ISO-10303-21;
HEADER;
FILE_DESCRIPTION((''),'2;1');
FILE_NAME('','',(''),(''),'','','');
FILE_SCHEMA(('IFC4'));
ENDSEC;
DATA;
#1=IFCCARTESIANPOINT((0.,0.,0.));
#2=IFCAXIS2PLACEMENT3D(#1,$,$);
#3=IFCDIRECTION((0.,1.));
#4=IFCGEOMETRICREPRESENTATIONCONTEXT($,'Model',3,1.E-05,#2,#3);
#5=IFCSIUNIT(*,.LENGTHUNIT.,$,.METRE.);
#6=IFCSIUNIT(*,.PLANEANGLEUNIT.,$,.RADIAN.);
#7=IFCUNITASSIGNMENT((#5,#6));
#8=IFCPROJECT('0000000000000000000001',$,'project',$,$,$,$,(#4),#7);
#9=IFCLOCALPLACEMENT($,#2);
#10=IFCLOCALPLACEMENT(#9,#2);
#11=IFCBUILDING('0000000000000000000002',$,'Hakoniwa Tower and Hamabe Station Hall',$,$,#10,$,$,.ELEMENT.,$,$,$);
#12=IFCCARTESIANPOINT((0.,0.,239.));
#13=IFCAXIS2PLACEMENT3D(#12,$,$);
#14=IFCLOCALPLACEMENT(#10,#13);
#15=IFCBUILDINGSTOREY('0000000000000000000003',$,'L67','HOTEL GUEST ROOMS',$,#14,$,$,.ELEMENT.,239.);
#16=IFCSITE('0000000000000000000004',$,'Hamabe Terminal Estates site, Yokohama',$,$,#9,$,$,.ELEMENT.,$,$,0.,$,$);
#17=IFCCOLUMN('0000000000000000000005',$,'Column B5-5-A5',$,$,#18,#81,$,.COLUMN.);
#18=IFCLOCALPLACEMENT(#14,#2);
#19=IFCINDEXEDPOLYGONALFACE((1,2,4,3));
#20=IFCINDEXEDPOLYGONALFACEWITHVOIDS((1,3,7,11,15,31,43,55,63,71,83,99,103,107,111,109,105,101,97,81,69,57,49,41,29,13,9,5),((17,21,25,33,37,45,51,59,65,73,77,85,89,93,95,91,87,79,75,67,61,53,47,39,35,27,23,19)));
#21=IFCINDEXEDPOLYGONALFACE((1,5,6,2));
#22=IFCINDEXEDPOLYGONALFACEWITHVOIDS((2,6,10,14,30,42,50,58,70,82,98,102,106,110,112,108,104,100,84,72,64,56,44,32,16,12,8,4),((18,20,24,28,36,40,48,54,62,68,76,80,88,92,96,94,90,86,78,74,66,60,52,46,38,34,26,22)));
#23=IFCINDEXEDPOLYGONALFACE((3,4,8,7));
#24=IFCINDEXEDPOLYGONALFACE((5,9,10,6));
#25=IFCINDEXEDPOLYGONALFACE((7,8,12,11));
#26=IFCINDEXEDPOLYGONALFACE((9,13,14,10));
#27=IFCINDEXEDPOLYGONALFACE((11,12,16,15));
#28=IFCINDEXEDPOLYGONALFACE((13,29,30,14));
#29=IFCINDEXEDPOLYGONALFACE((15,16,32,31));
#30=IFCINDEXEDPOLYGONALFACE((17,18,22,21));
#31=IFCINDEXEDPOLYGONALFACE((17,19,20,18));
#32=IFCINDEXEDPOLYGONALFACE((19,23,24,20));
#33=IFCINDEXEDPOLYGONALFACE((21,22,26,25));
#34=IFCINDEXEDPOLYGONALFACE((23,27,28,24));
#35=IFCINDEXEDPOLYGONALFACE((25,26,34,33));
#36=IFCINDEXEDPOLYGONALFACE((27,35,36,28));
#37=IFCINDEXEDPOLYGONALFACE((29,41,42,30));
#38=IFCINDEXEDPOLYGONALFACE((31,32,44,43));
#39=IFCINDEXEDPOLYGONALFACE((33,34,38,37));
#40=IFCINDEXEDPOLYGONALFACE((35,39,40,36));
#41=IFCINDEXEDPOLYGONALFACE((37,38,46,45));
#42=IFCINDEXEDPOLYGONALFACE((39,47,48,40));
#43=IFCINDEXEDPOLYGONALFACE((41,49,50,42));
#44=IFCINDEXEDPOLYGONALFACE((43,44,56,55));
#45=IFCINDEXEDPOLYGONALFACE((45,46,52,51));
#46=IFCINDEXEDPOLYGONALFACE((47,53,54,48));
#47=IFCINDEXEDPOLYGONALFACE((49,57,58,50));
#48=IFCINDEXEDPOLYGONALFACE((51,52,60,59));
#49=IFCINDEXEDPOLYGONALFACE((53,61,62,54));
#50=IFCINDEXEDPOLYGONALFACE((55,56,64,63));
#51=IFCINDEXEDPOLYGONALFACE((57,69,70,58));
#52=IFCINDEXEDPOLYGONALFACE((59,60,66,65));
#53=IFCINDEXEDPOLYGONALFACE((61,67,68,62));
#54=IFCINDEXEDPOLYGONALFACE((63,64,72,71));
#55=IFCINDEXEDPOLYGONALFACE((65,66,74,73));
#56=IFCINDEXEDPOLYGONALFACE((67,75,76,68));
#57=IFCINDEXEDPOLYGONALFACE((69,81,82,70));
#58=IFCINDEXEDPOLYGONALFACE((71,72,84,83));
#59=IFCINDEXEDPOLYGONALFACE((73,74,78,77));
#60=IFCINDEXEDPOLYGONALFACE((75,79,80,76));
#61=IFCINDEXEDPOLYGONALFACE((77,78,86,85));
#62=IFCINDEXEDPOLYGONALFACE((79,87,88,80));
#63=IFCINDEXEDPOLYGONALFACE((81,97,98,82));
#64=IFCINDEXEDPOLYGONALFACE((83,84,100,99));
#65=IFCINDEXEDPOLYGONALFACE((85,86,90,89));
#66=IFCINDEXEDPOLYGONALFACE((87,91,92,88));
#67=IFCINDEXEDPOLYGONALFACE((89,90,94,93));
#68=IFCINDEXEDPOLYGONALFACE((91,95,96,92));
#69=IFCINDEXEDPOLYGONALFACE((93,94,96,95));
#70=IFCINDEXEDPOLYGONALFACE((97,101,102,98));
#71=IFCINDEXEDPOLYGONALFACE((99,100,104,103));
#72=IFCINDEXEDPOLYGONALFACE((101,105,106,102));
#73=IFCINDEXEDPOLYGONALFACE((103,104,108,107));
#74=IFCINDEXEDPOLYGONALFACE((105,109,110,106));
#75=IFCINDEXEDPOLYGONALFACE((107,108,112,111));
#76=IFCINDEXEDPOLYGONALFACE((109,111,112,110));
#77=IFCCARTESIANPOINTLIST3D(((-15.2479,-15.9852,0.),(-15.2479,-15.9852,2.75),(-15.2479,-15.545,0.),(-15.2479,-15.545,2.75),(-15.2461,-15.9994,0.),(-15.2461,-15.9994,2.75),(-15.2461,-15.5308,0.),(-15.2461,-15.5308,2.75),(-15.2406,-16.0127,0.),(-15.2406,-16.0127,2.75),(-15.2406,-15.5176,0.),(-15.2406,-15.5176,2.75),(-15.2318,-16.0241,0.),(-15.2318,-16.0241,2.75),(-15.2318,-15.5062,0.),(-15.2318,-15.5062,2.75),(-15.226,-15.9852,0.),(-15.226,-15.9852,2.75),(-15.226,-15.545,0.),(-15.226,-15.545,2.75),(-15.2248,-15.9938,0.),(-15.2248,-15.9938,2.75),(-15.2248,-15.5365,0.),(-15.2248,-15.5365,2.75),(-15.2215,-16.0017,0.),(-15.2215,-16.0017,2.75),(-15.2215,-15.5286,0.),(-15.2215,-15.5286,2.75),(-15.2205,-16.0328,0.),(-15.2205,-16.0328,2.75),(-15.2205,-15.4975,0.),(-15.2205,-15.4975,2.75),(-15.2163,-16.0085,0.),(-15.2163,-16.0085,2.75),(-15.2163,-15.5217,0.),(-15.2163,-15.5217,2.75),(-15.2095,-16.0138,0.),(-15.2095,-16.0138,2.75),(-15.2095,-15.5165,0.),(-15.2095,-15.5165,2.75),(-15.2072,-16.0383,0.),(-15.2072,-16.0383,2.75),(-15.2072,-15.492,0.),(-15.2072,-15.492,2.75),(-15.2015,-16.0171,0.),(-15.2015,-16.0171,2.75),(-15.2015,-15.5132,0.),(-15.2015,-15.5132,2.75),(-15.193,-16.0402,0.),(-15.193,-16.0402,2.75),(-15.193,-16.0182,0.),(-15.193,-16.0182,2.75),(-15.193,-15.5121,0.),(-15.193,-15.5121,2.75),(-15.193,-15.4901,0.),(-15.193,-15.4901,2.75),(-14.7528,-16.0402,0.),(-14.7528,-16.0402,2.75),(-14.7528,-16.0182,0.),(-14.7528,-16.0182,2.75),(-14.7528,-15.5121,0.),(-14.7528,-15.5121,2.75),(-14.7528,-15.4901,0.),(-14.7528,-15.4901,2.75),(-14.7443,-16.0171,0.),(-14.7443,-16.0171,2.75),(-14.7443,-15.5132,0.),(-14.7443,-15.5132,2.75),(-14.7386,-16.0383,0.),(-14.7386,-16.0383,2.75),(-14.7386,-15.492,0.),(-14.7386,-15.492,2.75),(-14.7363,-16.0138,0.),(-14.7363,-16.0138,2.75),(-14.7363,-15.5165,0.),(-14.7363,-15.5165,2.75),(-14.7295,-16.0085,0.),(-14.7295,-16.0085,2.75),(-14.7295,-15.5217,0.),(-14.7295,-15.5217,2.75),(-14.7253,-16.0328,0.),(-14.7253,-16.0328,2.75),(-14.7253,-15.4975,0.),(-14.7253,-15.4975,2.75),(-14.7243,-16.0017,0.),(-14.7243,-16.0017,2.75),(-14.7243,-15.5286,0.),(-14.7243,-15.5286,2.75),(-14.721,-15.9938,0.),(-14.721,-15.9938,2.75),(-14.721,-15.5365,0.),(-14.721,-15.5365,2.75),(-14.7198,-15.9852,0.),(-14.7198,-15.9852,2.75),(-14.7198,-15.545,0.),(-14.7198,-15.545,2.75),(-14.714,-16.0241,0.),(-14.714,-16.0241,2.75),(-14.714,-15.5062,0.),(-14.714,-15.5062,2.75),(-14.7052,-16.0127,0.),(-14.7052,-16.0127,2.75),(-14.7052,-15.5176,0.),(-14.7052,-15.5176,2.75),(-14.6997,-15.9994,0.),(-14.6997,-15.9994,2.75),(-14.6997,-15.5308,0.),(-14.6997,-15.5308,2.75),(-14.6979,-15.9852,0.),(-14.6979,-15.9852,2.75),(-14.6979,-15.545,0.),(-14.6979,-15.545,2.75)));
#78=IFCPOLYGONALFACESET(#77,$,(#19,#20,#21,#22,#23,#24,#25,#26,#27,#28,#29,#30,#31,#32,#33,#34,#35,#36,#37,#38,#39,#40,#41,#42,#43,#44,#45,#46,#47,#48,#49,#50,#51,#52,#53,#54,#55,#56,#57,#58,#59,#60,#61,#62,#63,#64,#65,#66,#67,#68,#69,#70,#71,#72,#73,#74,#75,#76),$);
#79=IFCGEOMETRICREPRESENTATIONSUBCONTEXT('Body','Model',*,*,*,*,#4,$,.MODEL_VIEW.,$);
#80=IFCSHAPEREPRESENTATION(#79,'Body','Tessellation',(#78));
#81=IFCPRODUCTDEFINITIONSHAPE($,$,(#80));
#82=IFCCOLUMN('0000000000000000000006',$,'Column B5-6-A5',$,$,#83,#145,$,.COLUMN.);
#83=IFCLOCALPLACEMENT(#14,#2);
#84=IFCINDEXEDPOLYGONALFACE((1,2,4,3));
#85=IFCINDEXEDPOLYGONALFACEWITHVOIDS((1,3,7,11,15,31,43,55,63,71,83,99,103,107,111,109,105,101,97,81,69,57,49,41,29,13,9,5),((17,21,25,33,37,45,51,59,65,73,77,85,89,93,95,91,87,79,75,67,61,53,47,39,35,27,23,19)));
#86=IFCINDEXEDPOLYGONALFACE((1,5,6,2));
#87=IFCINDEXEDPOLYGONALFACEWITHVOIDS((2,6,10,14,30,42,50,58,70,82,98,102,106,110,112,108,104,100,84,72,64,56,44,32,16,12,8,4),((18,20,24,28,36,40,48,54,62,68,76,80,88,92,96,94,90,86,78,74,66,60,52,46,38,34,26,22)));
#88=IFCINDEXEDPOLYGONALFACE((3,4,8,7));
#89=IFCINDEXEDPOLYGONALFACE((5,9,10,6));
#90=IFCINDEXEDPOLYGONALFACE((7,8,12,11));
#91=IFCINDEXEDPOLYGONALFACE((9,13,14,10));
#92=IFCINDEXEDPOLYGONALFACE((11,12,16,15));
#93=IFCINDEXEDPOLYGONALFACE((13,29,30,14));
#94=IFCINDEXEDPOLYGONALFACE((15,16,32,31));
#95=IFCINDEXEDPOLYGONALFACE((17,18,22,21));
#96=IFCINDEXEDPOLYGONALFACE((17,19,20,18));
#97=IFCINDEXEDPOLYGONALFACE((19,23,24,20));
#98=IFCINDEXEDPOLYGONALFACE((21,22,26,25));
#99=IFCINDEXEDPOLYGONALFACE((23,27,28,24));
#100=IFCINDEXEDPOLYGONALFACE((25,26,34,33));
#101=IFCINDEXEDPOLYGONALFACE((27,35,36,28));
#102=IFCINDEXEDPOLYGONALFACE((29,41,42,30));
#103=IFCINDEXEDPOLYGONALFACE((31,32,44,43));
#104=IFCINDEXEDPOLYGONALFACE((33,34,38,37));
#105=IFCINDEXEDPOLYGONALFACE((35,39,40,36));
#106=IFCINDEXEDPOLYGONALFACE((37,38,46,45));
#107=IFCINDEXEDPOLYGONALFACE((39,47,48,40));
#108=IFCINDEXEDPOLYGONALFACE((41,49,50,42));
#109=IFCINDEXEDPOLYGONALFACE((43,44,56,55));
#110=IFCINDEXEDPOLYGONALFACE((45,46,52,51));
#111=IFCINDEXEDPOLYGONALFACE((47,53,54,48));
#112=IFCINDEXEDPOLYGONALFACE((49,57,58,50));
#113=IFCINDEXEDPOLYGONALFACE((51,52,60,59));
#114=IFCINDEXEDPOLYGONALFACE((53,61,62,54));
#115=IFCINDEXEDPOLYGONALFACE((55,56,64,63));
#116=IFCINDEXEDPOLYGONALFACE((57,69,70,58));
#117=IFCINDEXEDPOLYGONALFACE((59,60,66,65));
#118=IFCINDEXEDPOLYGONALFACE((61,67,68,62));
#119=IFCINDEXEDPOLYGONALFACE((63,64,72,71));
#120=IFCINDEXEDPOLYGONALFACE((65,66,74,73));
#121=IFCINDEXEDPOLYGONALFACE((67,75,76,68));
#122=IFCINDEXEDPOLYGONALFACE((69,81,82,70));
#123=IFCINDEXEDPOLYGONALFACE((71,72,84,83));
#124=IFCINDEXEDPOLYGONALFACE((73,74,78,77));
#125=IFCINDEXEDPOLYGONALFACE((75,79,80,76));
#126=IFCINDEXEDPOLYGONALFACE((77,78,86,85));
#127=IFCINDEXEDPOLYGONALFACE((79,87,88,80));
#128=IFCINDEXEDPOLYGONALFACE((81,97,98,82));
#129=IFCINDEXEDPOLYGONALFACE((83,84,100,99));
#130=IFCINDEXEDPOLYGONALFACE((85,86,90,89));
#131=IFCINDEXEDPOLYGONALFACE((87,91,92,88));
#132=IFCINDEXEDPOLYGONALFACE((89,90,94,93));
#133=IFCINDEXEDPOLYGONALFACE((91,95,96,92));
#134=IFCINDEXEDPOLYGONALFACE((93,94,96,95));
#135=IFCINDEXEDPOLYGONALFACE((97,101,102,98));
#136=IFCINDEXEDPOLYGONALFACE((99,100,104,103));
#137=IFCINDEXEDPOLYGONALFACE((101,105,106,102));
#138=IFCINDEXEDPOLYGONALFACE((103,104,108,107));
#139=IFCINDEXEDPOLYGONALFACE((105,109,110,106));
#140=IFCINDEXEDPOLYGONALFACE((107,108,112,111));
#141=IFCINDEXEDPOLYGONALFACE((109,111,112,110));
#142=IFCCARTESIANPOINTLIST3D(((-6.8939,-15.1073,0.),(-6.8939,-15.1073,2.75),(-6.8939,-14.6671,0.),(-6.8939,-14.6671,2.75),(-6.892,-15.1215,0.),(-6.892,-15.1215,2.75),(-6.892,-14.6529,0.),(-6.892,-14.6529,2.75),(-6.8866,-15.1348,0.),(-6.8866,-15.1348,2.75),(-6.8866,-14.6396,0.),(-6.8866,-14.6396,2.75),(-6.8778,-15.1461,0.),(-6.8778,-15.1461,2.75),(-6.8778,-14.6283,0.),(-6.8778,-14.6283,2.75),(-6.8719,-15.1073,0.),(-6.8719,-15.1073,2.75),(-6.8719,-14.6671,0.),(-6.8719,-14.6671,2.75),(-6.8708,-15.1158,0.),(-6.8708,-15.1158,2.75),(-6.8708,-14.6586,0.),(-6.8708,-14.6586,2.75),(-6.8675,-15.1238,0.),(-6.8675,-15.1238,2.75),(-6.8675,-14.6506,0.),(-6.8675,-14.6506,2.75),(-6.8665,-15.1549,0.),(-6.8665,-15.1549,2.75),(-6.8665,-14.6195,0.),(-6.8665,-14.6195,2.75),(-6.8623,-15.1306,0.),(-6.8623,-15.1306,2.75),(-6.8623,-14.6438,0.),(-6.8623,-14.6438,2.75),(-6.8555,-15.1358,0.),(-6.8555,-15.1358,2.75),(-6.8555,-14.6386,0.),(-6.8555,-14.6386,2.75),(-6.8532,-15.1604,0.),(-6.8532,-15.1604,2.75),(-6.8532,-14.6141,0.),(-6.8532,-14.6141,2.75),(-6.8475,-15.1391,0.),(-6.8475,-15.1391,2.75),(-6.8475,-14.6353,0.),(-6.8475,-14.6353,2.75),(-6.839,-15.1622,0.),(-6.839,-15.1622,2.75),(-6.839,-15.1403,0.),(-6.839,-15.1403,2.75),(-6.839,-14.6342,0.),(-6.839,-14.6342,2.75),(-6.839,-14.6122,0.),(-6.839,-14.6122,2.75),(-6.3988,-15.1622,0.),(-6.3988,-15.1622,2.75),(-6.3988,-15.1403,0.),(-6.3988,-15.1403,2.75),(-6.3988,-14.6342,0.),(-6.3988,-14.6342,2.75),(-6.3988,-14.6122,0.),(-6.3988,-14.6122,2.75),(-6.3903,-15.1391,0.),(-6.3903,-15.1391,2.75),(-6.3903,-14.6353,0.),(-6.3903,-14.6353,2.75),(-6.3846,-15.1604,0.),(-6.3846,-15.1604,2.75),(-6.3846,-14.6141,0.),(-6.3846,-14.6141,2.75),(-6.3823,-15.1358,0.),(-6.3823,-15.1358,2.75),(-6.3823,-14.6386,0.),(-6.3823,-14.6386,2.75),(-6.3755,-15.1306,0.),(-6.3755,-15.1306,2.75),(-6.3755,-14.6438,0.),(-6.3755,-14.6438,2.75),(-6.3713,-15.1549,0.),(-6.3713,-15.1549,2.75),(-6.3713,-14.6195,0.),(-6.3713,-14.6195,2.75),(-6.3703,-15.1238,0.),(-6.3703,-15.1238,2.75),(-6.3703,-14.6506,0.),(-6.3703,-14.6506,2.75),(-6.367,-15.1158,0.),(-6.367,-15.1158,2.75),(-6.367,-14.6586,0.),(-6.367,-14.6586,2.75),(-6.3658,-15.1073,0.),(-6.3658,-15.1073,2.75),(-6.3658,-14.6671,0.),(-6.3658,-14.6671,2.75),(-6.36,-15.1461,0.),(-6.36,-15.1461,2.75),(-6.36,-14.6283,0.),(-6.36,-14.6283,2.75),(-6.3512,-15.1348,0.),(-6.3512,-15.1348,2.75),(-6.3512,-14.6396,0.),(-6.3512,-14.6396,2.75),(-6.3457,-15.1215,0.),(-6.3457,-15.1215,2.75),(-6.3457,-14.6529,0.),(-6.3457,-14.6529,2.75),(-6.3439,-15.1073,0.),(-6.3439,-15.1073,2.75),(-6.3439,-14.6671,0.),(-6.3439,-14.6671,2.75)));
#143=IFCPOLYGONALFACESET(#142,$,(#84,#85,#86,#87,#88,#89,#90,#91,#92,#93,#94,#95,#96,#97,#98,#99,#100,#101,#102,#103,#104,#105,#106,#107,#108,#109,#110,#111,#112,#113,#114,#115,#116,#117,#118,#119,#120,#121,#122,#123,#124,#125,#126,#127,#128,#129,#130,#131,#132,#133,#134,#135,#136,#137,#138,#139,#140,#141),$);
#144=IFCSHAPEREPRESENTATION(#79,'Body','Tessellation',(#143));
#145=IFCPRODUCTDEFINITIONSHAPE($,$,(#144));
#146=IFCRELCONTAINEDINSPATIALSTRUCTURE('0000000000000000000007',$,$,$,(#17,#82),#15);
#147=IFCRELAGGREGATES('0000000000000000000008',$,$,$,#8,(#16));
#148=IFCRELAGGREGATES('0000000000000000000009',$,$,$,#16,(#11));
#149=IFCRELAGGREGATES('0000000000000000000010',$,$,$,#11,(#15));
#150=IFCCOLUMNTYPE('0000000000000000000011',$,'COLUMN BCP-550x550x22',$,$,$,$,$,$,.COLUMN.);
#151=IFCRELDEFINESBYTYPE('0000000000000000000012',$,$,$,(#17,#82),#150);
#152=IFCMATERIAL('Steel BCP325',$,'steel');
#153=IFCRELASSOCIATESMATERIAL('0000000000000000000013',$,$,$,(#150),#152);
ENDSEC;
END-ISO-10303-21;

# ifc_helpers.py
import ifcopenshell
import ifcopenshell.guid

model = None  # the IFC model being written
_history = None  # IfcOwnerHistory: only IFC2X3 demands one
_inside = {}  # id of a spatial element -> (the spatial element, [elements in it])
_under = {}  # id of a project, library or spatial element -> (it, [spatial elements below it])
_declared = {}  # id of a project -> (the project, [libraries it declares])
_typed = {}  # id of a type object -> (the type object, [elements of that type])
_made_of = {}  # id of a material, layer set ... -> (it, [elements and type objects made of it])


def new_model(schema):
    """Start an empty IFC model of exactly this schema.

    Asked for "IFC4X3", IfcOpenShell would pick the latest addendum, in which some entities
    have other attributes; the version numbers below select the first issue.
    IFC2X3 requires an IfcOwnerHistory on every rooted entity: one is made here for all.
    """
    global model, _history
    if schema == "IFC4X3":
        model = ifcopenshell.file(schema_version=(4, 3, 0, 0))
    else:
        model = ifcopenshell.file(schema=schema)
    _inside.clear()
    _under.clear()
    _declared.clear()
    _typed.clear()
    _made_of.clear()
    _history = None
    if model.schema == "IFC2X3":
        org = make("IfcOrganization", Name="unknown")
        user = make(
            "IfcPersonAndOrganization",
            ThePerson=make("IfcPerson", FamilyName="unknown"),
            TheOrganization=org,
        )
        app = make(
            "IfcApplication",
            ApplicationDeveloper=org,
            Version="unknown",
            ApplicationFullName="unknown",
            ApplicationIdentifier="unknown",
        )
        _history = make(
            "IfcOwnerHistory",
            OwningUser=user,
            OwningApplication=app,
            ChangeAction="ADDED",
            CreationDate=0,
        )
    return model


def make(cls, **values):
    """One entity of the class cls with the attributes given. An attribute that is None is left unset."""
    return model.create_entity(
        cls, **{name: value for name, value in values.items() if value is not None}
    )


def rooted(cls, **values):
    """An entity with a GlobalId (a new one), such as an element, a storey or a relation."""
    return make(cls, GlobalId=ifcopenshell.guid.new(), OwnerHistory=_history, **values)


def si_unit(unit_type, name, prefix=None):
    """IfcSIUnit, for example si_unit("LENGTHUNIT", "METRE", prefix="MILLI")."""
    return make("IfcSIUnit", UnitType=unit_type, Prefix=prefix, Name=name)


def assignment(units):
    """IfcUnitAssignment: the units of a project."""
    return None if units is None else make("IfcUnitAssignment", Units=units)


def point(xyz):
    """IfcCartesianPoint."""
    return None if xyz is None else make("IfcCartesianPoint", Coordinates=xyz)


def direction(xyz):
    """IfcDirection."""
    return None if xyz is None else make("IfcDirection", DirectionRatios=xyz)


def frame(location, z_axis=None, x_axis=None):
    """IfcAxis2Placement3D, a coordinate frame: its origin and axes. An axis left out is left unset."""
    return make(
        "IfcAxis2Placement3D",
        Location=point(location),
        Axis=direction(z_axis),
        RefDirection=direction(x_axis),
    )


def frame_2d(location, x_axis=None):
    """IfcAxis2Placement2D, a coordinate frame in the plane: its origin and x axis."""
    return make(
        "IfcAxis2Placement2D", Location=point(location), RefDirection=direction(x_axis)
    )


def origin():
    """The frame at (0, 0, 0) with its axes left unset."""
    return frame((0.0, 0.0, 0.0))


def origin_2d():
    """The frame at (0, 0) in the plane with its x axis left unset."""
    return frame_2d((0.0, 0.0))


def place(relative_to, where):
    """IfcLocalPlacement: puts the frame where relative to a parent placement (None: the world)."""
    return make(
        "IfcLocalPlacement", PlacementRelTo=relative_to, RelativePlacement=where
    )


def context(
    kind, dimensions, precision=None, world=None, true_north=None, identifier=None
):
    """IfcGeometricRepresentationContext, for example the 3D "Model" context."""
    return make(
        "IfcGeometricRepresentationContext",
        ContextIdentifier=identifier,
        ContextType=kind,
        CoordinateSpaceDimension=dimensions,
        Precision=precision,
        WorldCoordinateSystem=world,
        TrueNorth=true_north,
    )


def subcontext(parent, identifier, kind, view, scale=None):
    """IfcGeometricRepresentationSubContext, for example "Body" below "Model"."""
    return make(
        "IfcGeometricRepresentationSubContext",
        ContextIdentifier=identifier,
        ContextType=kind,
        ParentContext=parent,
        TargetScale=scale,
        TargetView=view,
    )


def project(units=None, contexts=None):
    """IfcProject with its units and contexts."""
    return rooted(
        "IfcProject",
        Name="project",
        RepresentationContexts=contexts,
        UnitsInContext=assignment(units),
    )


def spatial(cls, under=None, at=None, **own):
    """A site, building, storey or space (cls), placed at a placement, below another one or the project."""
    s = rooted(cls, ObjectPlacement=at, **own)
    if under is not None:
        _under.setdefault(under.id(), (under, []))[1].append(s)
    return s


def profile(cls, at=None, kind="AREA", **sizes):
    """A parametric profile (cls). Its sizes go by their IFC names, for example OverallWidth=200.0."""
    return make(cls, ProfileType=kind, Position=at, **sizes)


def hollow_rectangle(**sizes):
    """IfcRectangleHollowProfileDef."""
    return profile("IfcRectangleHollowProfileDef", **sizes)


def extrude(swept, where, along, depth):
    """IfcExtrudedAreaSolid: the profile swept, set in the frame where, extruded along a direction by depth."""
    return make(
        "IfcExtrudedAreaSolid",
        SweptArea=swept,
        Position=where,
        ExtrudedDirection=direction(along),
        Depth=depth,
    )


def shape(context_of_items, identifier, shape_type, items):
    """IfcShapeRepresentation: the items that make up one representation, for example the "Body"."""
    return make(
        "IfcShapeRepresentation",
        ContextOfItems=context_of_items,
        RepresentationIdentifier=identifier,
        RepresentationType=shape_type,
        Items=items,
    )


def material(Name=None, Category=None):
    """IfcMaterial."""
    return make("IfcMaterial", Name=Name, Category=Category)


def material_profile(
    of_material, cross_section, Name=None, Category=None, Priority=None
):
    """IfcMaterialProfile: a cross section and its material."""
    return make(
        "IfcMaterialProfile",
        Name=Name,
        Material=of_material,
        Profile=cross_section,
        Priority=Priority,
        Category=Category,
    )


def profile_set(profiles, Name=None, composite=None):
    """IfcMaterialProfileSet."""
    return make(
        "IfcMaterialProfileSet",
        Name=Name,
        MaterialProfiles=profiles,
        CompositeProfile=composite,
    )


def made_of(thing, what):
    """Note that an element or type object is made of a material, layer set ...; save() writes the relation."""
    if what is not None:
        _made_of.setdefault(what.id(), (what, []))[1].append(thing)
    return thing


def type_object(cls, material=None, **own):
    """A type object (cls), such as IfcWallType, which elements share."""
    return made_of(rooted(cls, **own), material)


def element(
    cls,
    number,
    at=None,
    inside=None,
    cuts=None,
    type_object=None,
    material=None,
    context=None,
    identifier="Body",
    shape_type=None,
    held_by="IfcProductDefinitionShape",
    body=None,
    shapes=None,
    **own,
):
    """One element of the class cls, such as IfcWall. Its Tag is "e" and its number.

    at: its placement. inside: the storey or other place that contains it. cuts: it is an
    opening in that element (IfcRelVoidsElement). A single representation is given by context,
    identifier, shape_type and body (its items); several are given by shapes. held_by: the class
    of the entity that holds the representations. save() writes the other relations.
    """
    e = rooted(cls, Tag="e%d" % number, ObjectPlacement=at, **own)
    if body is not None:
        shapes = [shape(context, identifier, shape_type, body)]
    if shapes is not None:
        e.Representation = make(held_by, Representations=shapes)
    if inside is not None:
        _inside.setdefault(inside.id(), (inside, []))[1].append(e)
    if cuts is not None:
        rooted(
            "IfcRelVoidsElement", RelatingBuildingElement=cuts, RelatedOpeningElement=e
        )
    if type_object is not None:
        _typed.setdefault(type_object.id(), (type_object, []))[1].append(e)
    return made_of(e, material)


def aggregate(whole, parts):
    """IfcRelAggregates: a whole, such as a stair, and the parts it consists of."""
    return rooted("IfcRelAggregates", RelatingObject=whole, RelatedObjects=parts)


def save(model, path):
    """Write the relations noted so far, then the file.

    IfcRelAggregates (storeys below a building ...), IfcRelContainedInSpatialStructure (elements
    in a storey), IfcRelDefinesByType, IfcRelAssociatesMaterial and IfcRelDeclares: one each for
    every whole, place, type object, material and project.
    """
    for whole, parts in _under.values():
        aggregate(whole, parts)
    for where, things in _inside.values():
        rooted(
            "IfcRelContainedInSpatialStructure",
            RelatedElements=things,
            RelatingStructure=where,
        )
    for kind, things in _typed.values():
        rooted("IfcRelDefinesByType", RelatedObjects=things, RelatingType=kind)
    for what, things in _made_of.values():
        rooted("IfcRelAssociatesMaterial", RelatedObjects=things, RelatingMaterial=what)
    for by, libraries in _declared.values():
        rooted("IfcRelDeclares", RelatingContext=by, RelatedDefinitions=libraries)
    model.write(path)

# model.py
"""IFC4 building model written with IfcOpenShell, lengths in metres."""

from ifc_helpers import new_model, si_unit, direction, frame, origin, origin_2d, place, context, subcontext, project, spatial, hollow_rectangle, extrude, material, material_profile, profile_set, type_object, element, save


model = new_model("IFC4")

# Units and contexts
model_context = context("Model", 3, precision=1e-05, world=origin(), true_north=direction((0.0, 1.0)))
body_context = subcontext(model_context, "Body", "Model", "MODEL_VIEW")
ifc_project = project(units=[si_unit("LENGTHUNIT", "METRE"), si_unit("PLANEANGLEUNIT", "RADIAN")], contexts=[model_context])

# Site, building, storey
site_placement = place(None, origin())
site = spatial("IfcSite", under=ifc_project, at=site_placement, Name="Hamabe Terminal Estates site, Yokohama", CompositionType="ELEMENT", RefElevation=0.0)
building_placement = place(site_placement, origin())
building = spatial("IfcBuilding", under=site, at=building_placement, Name="Hakoniwa Tower and Hamabe Station Hall", CompositionType="ELEMENT")
storey_placement = place(building_placement, frame((0.0, 0.0, 239.0)))
storey = spatial("IfcBuildingStorey", under=building, at=storey_placement, Name="L67", Description="HOTEL GUEST ROOMS", CompositionType="ELEMENT", Elevation=239.0)

# Columns
ifc_material_1 = material(Name="Steel BCP325", Category="steel")
ifc_material_profile_1 = material_profile(ifc_material_1, hollow_rectangle(XDim=0.55, YDim=0.55, WallThickness=0.022, InnerFilletRadius=0.033, OuterFilletRadius=0.0549, at=origin_2d()), Name="BCP-550x550x22")
ifc_profile_set_1 = profile_set([ifc_material_profile_1], Name="Steel BCP325")
column_type_1 = type_object("IfcColumnType", Name="COLUMN BCP-550x550x22", PredefinedType="COLUMN", material=ifc_profile_set_1)
for number, where, z_axis, x_axis, name in (
    (1, (-14.9729, -15.7651, 0.0), (0.0, 0.0, 1.0), (1.0, 0.0, 0.0), "Column B5-5-A5"),
    (2, (-6.6189, -14.8872, 0.0), (0.0, 0.0, 1.0), (1.0, 0.0, 0.0), "Column B5-6-A5"),
):
    element("IfcColumn", number, at=place(storey_placement, frame(where, z_axis=z_axis, x_axis=x_axis)), inside=storey, type_object=column_type_1, Name=name, PredefinedType="COLUMN", context=body_context, shape_type="SweptSolid", body=[
        extrude(hollow_rectangle(XDim=0.55, YDim=0.55, WallThickness=0.022, InnerFilletRadius=0.033, OuterFilletRadius=0.0549, at=origin_2d()), origin(), (0.0, 0.0, 1.0), 2.75),
    ])

save(model, "model.ifc")
